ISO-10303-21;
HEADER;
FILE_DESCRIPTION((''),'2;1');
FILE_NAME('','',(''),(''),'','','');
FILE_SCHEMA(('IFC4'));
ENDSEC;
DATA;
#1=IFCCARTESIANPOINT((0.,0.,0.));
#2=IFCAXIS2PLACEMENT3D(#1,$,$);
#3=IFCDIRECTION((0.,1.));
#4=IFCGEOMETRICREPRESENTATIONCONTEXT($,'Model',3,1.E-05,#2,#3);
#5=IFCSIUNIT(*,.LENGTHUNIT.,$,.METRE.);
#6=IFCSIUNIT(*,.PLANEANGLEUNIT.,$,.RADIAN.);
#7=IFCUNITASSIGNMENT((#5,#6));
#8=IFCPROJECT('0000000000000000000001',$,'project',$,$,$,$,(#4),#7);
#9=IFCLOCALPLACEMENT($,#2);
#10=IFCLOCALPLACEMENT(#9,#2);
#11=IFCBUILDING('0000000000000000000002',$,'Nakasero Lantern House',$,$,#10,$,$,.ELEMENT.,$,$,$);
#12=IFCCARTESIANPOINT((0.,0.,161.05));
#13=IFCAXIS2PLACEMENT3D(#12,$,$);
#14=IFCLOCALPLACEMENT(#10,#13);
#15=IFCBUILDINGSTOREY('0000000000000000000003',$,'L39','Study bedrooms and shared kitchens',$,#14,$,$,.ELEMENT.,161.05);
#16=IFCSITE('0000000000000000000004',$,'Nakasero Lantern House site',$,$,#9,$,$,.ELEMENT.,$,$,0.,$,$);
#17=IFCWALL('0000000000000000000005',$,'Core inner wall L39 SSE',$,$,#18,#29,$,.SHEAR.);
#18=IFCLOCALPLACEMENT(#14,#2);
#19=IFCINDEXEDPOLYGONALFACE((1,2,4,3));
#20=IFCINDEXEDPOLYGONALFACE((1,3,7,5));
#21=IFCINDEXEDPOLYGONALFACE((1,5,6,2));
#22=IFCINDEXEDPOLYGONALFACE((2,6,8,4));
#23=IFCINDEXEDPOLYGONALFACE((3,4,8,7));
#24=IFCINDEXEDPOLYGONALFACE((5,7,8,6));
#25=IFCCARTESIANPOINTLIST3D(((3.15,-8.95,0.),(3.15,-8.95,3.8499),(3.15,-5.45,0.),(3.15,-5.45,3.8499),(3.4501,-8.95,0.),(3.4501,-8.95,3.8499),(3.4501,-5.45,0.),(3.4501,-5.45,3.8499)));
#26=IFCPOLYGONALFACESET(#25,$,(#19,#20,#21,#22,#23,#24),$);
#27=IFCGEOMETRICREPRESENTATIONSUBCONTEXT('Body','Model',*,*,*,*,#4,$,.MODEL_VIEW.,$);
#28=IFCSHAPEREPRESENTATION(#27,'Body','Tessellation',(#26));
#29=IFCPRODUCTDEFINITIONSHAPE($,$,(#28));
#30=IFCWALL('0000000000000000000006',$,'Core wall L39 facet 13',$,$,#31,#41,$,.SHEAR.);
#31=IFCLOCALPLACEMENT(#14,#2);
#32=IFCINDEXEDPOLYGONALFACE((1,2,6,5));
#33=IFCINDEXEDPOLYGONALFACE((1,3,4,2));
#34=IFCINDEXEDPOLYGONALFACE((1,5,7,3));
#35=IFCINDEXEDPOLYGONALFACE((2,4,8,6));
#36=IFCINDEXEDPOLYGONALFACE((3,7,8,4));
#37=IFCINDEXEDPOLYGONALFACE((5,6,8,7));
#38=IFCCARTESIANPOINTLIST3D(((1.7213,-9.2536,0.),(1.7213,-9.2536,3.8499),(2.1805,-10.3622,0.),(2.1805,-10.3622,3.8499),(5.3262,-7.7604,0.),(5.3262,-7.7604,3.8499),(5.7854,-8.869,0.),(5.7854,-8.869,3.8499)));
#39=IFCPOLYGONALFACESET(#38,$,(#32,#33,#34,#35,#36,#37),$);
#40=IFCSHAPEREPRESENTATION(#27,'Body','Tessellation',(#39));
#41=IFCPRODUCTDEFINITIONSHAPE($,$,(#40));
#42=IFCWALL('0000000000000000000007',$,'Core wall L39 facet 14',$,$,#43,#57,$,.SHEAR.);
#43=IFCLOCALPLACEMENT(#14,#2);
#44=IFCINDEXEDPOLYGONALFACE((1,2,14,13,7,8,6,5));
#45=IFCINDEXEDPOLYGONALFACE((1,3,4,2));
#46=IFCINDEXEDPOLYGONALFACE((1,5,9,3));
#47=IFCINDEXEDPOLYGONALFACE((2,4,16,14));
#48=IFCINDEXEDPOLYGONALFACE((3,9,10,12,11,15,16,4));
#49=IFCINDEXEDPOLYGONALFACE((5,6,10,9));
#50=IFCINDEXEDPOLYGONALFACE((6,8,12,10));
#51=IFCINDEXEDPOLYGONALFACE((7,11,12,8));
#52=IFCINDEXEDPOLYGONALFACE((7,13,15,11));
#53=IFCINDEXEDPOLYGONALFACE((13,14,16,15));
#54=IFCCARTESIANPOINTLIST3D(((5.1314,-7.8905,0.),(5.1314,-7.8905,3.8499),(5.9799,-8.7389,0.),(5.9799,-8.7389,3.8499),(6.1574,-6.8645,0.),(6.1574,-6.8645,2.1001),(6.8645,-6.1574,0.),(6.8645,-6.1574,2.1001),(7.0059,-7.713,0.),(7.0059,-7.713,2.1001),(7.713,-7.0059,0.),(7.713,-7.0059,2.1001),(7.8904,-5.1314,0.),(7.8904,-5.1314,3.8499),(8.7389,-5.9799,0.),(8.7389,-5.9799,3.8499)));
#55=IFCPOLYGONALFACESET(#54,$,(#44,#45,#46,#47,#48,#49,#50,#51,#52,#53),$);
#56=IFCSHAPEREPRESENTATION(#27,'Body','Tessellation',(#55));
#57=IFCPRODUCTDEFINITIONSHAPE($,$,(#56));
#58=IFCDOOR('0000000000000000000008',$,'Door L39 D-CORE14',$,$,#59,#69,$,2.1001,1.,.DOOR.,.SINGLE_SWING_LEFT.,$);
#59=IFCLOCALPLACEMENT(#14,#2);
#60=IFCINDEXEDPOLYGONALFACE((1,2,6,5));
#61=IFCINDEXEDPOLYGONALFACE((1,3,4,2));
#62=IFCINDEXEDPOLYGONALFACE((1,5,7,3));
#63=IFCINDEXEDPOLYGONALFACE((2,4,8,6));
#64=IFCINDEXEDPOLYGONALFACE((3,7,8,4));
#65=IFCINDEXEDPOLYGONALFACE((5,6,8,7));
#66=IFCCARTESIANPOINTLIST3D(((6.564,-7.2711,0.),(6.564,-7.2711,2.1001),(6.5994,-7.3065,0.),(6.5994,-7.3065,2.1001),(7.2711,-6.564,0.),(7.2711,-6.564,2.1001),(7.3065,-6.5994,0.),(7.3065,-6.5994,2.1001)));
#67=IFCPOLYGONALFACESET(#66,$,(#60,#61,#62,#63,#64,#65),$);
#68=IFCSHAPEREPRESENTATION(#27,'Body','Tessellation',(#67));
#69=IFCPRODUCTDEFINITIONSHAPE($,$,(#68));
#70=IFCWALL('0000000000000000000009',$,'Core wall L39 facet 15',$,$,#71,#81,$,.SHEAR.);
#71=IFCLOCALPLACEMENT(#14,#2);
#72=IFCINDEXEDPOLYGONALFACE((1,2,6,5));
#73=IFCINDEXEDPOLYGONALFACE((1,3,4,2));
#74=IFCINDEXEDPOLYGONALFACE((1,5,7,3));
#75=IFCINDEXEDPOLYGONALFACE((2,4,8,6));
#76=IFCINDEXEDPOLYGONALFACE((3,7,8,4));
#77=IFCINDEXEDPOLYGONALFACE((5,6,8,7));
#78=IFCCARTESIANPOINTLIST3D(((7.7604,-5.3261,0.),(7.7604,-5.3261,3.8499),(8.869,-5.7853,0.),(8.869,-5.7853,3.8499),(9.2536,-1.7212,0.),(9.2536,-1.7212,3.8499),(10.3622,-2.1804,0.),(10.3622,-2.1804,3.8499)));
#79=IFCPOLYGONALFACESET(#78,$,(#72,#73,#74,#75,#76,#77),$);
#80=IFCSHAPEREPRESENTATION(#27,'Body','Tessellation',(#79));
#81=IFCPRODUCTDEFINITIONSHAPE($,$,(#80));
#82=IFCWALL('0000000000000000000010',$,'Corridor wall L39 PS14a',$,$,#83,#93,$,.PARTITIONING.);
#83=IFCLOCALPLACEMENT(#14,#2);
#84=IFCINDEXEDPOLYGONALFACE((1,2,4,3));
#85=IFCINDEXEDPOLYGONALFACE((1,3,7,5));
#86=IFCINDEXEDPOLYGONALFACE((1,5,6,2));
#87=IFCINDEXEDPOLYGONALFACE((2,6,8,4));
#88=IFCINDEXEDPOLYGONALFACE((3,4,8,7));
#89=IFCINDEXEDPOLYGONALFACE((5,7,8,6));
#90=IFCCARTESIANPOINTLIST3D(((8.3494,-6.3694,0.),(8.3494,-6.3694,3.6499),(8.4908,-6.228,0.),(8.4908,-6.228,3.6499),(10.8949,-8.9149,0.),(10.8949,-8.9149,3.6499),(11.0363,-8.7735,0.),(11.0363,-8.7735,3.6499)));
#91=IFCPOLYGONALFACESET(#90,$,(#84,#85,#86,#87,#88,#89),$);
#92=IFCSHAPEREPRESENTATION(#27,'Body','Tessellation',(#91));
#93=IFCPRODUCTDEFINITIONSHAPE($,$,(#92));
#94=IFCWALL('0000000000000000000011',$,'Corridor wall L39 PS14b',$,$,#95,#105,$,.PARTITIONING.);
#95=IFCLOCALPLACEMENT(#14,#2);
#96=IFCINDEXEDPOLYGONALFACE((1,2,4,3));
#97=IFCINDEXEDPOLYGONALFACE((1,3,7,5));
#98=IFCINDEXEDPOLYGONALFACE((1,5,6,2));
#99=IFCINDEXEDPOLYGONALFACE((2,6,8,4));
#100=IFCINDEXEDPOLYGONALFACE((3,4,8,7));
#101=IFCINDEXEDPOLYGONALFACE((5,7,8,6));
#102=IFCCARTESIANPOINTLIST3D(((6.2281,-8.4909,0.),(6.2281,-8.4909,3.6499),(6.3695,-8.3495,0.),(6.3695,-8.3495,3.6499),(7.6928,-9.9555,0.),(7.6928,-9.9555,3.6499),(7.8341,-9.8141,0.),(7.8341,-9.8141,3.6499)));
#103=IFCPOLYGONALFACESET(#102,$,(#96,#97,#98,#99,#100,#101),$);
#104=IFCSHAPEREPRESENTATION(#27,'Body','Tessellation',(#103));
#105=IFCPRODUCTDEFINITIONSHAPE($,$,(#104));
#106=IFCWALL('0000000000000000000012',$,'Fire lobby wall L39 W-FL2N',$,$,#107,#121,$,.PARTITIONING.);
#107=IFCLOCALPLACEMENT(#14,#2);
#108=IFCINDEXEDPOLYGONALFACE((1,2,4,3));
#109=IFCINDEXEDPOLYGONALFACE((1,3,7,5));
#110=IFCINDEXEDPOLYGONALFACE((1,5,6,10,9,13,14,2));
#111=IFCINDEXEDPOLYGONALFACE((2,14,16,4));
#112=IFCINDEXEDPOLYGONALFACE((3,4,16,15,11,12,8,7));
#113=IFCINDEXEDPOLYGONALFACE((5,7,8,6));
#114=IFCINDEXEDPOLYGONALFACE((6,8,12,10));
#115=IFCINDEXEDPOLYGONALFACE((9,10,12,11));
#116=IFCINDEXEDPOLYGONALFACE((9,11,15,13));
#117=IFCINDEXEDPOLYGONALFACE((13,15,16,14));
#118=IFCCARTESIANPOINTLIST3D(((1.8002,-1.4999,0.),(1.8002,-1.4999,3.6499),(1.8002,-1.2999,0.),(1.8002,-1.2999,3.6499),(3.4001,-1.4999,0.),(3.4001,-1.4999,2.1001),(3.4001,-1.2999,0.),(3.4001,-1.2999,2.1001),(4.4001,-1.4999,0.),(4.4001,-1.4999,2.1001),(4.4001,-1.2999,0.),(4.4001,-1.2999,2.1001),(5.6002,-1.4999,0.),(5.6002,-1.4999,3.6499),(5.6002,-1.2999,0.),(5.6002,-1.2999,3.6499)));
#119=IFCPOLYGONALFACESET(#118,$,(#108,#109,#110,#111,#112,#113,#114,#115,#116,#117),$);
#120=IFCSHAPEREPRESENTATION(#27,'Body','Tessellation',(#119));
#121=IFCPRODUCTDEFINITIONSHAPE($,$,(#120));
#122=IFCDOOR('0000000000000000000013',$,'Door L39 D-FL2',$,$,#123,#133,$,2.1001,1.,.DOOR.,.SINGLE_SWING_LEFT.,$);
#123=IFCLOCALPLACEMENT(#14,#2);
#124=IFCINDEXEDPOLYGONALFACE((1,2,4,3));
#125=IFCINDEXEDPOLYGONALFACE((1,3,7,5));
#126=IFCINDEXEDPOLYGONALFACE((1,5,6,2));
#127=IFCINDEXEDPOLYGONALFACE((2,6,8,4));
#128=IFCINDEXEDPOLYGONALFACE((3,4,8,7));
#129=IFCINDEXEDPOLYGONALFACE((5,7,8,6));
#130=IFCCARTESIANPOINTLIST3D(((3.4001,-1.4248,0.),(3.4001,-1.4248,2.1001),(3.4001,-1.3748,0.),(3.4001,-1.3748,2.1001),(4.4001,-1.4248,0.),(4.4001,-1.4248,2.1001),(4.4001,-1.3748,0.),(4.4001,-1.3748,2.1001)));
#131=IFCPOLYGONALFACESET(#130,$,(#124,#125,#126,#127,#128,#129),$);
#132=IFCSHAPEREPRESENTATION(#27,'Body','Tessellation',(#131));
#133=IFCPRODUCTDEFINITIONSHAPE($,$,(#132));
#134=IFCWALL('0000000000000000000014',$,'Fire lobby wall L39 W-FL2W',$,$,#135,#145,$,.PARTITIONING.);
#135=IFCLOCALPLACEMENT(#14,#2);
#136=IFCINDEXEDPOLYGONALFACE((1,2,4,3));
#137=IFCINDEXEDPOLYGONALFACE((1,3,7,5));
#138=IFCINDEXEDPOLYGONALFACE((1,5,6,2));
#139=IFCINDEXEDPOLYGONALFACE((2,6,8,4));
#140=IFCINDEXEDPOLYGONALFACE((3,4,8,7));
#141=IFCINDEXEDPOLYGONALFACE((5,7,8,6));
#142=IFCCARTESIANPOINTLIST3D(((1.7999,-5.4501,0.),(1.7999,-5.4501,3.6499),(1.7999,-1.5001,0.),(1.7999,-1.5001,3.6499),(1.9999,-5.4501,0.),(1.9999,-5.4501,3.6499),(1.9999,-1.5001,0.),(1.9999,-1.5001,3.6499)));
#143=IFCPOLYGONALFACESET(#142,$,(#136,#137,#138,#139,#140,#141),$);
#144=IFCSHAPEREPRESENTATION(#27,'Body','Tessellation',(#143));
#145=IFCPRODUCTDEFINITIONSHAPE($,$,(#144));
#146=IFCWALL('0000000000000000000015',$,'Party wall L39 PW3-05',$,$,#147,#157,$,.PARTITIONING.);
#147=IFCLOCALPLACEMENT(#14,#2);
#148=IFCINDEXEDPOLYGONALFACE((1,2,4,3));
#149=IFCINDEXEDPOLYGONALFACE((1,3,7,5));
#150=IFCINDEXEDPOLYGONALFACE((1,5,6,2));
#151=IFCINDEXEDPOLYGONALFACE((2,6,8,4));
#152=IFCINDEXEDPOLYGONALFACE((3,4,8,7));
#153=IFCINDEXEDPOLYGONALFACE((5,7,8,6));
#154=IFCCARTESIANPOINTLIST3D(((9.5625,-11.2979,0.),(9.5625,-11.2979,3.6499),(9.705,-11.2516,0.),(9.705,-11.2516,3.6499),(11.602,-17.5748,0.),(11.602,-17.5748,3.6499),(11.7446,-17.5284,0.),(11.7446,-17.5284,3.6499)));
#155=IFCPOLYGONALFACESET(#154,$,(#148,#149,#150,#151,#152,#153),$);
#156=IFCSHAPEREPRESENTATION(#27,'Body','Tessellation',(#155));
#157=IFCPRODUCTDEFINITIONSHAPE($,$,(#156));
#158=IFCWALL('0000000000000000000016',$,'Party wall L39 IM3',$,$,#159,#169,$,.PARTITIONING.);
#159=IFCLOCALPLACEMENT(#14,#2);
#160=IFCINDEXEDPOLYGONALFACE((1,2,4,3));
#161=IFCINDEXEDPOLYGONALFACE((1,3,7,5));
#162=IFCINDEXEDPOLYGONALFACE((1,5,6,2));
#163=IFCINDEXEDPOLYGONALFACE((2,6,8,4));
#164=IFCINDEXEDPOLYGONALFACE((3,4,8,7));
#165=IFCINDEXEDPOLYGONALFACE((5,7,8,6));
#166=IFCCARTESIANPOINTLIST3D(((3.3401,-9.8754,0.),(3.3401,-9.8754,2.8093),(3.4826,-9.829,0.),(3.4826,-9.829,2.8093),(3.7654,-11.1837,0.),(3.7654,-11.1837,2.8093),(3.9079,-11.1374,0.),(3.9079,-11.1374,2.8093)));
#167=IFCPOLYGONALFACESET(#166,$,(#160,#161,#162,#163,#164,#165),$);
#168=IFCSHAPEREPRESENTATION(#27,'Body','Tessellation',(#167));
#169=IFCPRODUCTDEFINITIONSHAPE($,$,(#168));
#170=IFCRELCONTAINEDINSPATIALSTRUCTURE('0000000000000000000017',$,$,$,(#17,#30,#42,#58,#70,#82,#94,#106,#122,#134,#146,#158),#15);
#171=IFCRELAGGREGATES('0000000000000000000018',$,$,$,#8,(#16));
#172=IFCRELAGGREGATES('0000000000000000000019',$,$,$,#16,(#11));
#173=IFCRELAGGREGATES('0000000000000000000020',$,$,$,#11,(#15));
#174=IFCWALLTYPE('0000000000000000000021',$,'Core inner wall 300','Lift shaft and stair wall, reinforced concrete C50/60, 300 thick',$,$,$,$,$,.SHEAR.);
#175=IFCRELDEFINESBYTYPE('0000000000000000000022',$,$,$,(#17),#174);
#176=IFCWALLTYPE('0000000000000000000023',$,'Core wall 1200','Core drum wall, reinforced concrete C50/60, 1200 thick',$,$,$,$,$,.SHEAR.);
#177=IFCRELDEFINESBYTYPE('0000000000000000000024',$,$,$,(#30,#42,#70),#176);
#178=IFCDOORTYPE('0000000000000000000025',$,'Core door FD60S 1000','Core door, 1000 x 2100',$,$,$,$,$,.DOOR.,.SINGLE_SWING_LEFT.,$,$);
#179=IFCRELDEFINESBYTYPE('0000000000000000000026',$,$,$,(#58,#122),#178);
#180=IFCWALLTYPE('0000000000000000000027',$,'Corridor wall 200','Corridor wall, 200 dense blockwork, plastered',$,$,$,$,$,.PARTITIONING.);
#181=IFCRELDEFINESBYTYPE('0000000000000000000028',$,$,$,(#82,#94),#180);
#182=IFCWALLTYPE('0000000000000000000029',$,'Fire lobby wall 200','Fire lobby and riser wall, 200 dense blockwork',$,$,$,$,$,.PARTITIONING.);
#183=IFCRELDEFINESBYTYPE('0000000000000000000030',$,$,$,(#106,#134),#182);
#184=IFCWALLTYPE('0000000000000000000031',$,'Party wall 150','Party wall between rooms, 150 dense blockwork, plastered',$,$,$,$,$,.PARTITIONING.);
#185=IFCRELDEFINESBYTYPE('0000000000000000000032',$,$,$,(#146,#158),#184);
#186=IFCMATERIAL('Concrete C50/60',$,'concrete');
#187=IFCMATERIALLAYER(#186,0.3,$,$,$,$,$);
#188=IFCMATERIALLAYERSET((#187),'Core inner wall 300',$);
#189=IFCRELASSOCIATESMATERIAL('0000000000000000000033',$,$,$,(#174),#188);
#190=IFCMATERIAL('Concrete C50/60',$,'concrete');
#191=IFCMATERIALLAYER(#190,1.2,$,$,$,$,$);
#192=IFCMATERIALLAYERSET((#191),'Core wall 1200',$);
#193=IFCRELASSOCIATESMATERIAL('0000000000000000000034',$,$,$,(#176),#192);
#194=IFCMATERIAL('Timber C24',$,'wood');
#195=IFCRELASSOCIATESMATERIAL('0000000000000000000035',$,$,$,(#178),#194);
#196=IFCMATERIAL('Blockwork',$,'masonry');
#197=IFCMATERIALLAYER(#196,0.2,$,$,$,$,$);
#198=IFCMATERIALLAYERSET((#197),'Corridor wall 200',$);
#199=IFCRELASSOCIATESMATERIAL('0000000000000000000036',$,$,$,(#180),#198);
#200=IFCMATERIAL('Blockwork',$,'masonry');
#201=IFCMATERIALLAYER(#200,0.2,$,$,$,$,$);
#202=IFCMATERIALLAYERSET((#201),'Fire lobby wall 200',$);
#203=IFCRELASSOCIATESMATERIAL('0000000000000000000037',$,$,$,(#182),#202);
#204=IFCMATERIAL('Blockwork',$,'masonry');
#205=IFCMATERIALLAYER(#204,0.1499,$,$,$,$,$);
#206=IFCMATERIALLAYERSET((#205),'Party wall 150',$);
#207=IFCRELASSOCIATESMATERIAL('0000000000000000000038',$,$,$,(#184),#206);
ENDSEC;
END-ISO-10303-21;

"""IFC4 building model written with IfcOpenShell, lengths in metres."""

from ifc_helpers import new_model, si_unit, direction, frame, frame_2d, origin, place, context, subcontext, project, spatial, rectangle, extrude, material, layer, layer_set, type_object, element, fill, save


model = new_model("IFC4")

# Units and contexts
model_context = context("Model", 3, precision=1e-05, world=origin(), true_north=direction((0.0, 1.0)))
body_context = subcontext(model_context, "Body", "Model", "MODEL_VIEW")
ifc_project = project(units=[si_unit("LENGTHUNIT", "METRE"), si_unit("PLANEANGLEUNIT", "RADIAN")], contexts=[model_context])

# Site, building, storey
site_placement = place(None, origin())
site = spatial("IfcSite", under=ifc_project, at=site_placement, Name="Nakasero Lantern House site", CompositionType="ELEMENT", RefElevation=0.0)
building_placement = place(site_placement, origin())
building = spatial("IfcBuilding", under=site, at=building_placement, Name="Nakasero Lantern House", CompositionType="ELEMENT")
storey_placement = place(building_placement, frame((0.0, 0.0, 161.05)))
storey = spatial("IfcBuildingStorey", under=building, at=storey_placement, Name="L39", Description="Study bedrooms and shared kitchens", CompositionType="ELEMENT", Elevation=161.05)

# Shared definitions
ifc_material_1 = material(Name="Concrete C50/60", Category="concrete")
ifc_layer_1 = layer(ifc_material_1, 0.3)
ifc_layer_set_1 = layer_set([ifc_layer_1], Name="Core inner wall 300")
wall_type_1 = type_object("IfcWallType", Name="Core inner wall 300", Description="Lift shaft and stair wall, reinforced concrete C50/60, 300 thick", PredefinedType="SHEAR", material=ifc_layer_set_1)

# Walls
wall_1_placement = place(storey_placement, frame((3.3, -5.45, 0.0), z_axis=(0.0, 0.0, 1.0), x_axis=(0.0, -1.0, 0.0)))
element("IfcWall", 1, at=wall_1_placement, inside=storey, type_object=wall_type_1, Name="Core inner wall L39 SSE", PredefinedType="SHEAR", context=body_context, shape_type="SweptSolid", body=[
    extrude(rectangle(XDim=3.5, YDim=0.3, at=frame_2d((1.75, 0.0))), origin(), (0.0, 0.0, 1.0), 3.8499),
])
ifc_material_2 = material(Name="Concrete C50/60", Category="concrete")
ifc_layer_2 = layer(ifc_material_2, 1.2)
ifc_layer_set_2 = layer_set([ifc_layer_2], Name="Core wall 1200")
wall_type_2 = type_object("IfcWallType", Name="Core wall 1200", Description="Core drum wall, reinforced concrete C50/60, 1200 thick", PredefinedType="SHEAR", material=ifc_layer_set_2)
wall_2_placement = place(storey_placement, frame((1.9509, -9.8079, 0.0), z_axis=(0.0, 0.0, 1.0), x_axis=(0.923877, 0.382691, 0.0)))
element("IfcWall", 2, at=wall_2_placement, inside=storey, type_object=wall_type_2, Name="Core wall L39 facet 13", PredefinedType="SHEAR", context=body_context, shape_type="SweptSolid", body=[
    extrude(rectangle(XDim=3.9019, YDim=1.2, at=frame_2d((1.9509, 0.0))), origin(), (0.0, 0.0, 1.0), 3.8499),
])

# Wall, opening, door
wall_3_placement = place(storey_placement, frame((5.5557, -8.3147, 0.0), z_axis=(0.0, 0.0, 1.0), x_axis=(0.707107, 0.707107, 0.0)))
wall_3 = element("IfcWall", 3, at=wall_3_placement, inside=storey, type_object=wall_type_2, Name="Core wall L39 facet 14", PredefinedType="SHEAR", context=body_context, shape_type="SweptSolid", body=[
    extrude(rectangle(XDim=3.9019, YDim=1.2, at=frame_2d((1.9509, 0.0))), origin(), (0.0, 0.0, 1.0), 3.8499),
])
opening_1_placement = place(wall_3_placement, frame((1.4509, 0.0, 0.0)))
opening_1 = element("IfcOpeningElement", 4, at=opening_1_placement, cuts=wall_3, PredefinedType="OPENING", context=body_context, shape_type="SweptSolid", body=[
    extrude(rectangle(XDim=1.0, YDim=2.1001, at=frame_2d((0.5, 1.05))), frame((0.0, 0.6199, 0.0), z_axis=(0.0, -1.0, 0.0), x_axis=(1.0, 0.0, 0.0)), (0.0, 0.0, 1.0), 1.24),
])
ifc_material_3 = material(Name="Timber C24", Category="wood")
door_type_1 = type_object("IfcDoorType", Name="Core door FD60S 1000", Description="Core door, 1000 x 2100", OperationType="SINGLE_SWING_LEFT", PredefinedType="DOOR", material=ifc_material_3)
door_1_placement = place(opening_1_placement, origin())
door_1 = element("IfcDoor", 5, at=door_1_placement, inside=storey, type_object=door_type_1, Name="Door L39 D-CORE14", OperationType="SINGLE_SWING_LEFT", OverallHeight=2.1001, OverallWidth=1.0, PredefinedType="DOOR", context=body_context, shape_type="SweptSolid", body=[
    extrude(rectangle(XDim=1.0, YDim=2.1001, at=frame_2d((0.5, 1.05))), frame((0.0, 0.0249, 0.0), z_axis=(0.0, -1.0, 0.0), x_axis=(1.0, 0.0, 0.0)), (0.0, 0.0, 1.0), 0.05),
])
fill(opening_1, door_1)

# Walls
wall_4_placement = place(storey_placement, frame((8.3147, -5.5557, 0.0), z_axis=(0.0, 0.0, 1.0), x_axis=(0.382691, 0.923877, 0.0)))
element("IfcWall", 6, at=wall_4_placement, inside=storey, type_object=wall_type_2, Name="Core wall L39 facet 15", PredefinedType="SHEAR", context=body_context, shape_type="SweptSolid", body=[
    extrude(rectangle(XDim=3.9019, YDim=1.2, at=frame_2d((1.9509, 0.0))), origin(), (0.0, 0.0, 1.0), 3.8499),
])
ifc_material_4 = material(Name="Blockwork", Category="masonry")
ifc_layer_3 = layer(ifc_material_4, 0.2)
ifc_layer_set_3 = layer_set([ifc_layer_3], Name="Corridor wall 200")
wall_type_3 = type_object("IfcWallType", Name="Corridor wall 200", Description="Corridor wall, 200 dense blockwork, plastered", PredefinedType="PARTITIONING", material=ifc_layer_set_3)
wall_5_placement = place(storey_placement, frame((8.4202, -6.2988, 0.0), z_axis=(0.0, 0.0, 1.0), x_axis=(0.707107, -0.707107, 0.0)))
element("IfcWall", 7, at=wall_5_placement, inside=storey, type_object=wall_type_3, Name="Corridor wall L39 PS14a", PredefinedType="PARTITIONING", context=body_context, shape_type="SweptSolid", body=[
    extrude(rectangle(XDim=3.5999, YDim=0.2, at=frame_2d((1.7998, 0.0))), origin(), (0.0, 0.0, 1.0), 3.6499),
])
wall_6_placement = place(storey_placement, frame((6.2988, -8.4202, 0.0), z_axis=(0.0, 0.0, 1.0), x_axis=(0.707107, -0.707107, 0.0)))
element("IfcWall", 8, at=wall_6_placement, inside=storey, type_object=wall_type_3, Name="Corridor wall L39 PS14b", PredefinedType="PARTITIONING", context=body_context, shape_type="SweptSolid", body=[
    extrude(rectangle(XDim=2.0713, YDim=0.2, at=frame_2d((1.0356, 0.0))), origin(), (0.0, 0.0, 1.0), 3.6499),
])

# Wall, opening, door
ifc_material_5 = material(Name="Blockwork", Category="masonry")
ifc_layer_4 = layer(ifc_material_5, 0.2)
ifc_layer_set_4 = layer_set([ifc_layer_4], Name="Fire lobby wall 200")
wall_type_4 = type_object("IfcWallType", Name="Fire lobby wall 200", Description="Fire lobby and riser wall, 200 dense blockwork", PredefinedType="PARTITIONING", material=ifc_layer_set_4)
wall_7_placement = place(storey_placement, frame((5.6001, -1.3999, 0.0), z_axis=(0.0, 0.0, 1.0), x_axis=(-1.0, 0.0, 0.0)))
wall_7 = element("IfcWall", 9, at=wall_7_placement, inside=storey, type_object=wall_type_4, Name="Fire lobby wall L39 W-FL2N", PredefinedType="PARTITIONING", context=body_context, shape_type="SweptSolid", body=[
    extrude(rectangle(XDim=3.8, YDim=0.2, at=frame_2d((1.8999, 0.0))), origin(), (0.0, 0.0, 1.0), 3.6499),
])
opening_2_placement = place(wall_7_placement, frame((1.2, 0.0, 0.0)))
opening_2 = element("IfcOpeningElement", 10, at=opening_2_placement, cuts=wall_7, PredefinedType="OPENING", context=body_context, shape_type="SweptSolid", body=[
    extrude(rectangle(XDim=1.0, YDim=2.1001, at=frame_2d((0.5, 1.05))), frame((0.0, 0.1199, 0.0), z_axis=(0.0, -1.0, 0.0), x_axis=(1.0, 0.0, 0.0)), (0.0, 0.0, 1.0), 0.24),
])
door_2_placement = place(opening_2_placement, origin())
door_2 = element("IfcDoor", 11, at=door_2_placement, inside=storey, type_object=door_type_1, Name="Door L39 D-FL2", OperationType="SINGLE_SWING_LEFT", OverallHeight=2.1001, OverallWidth=1.0, PredefinedType="DOOR", context=body_context, shape_type="SweptSolid", body=[
    extrude(rectangle(XDim=1.0, YDim=2.1001, at=frame_2d((0.5, 1.05))), frame((0.0, 0.0249, 0.0), z_axis=(0.0, -1.0, 0.0), x_axis=(1.0, 0.0, 0.0)), (0.0, 0.0, 1.0), 0.05),
])
fill(opening_2, door_2)

# Walls
wall_8_placement = place(storey_placement, frame((1.8999, -1.5, 0.0), z_axis=(0.0, 0.0, 1.0), x_axis=(0.0, -1.0, 0.0)))
element("IfcWall", 12, at=wall_8_placement, inside=storey, type_object=wall_type_4, Name="Fire lobby wall L39 W-FL2W", PredefinedType="PARTITIONING", context=body_context, shape_type="SweptSolid", body=[
    extrude(rectangle(XDim=3.95, YDim=0.2, at=frame_2d((1.9751, 0.0))), origin(), (0.0, 0.0, 1.0), 3.6499),
])
ifc_material_6 = material(Name="Blockwork", Category="masonry")
ifc_layer_5 = layer(ifc_material_6, 0.1499)
ifc_layer_set_5 = layer_set([ifc_layer_5], Name="Party wall 150")
wall_type_5 = type_object("IfcWallType", Name="Party wall 150", Description="Party wall between rooms, 150 dense blockwork, plastered", PredefinedType="PARTITIONING", material=ifc_layer_set_5)
wall_9_placement = place(storey_placement, frame((9.6338, -11.2749, 0.0), z_axis=(0.0, 0.0, 1.0), x_axis=(0.309028, -0.951053, 0.0)))
element("IfcWall", 13, at=wall_9_placement, inside=storey, type_object=wall_type_5, Name="Party wall L39 PW3-05", PredefinedType="PARTITIONING", context=body_context, shape_type="SweptSolid", body=[
    extrude(rectangle(XDim=6.5999, YDim=0.1499, at=frame_2d((3.2998, 0.0))), origin(), (0.0, 0.0, 1.0), 3.6499),
])
wall_10_placement = place(storey_placement, frame((3.8367, -11.1606, 0.0), z_axis=(0.0, 0.0, 1.0), x_axis=(-0.309138, 0.951017, 0.0)))
element("IfcWall", 14, at=wall_10_placement, inside=storey, type_object=wall_type_5, Name="Party wall L39 IM3", PredefinedType="PARTITIONING", context=body_context, shape_type="SweptSolid", body=[
    extrude(rectangle(XDim=1.3757, YDim=0.1499, at=frame_2d((0.688, 0.0))), origin(), (0.0, 0.0, 1.0), 2.8093),
])

save(model, "model.ifc")
